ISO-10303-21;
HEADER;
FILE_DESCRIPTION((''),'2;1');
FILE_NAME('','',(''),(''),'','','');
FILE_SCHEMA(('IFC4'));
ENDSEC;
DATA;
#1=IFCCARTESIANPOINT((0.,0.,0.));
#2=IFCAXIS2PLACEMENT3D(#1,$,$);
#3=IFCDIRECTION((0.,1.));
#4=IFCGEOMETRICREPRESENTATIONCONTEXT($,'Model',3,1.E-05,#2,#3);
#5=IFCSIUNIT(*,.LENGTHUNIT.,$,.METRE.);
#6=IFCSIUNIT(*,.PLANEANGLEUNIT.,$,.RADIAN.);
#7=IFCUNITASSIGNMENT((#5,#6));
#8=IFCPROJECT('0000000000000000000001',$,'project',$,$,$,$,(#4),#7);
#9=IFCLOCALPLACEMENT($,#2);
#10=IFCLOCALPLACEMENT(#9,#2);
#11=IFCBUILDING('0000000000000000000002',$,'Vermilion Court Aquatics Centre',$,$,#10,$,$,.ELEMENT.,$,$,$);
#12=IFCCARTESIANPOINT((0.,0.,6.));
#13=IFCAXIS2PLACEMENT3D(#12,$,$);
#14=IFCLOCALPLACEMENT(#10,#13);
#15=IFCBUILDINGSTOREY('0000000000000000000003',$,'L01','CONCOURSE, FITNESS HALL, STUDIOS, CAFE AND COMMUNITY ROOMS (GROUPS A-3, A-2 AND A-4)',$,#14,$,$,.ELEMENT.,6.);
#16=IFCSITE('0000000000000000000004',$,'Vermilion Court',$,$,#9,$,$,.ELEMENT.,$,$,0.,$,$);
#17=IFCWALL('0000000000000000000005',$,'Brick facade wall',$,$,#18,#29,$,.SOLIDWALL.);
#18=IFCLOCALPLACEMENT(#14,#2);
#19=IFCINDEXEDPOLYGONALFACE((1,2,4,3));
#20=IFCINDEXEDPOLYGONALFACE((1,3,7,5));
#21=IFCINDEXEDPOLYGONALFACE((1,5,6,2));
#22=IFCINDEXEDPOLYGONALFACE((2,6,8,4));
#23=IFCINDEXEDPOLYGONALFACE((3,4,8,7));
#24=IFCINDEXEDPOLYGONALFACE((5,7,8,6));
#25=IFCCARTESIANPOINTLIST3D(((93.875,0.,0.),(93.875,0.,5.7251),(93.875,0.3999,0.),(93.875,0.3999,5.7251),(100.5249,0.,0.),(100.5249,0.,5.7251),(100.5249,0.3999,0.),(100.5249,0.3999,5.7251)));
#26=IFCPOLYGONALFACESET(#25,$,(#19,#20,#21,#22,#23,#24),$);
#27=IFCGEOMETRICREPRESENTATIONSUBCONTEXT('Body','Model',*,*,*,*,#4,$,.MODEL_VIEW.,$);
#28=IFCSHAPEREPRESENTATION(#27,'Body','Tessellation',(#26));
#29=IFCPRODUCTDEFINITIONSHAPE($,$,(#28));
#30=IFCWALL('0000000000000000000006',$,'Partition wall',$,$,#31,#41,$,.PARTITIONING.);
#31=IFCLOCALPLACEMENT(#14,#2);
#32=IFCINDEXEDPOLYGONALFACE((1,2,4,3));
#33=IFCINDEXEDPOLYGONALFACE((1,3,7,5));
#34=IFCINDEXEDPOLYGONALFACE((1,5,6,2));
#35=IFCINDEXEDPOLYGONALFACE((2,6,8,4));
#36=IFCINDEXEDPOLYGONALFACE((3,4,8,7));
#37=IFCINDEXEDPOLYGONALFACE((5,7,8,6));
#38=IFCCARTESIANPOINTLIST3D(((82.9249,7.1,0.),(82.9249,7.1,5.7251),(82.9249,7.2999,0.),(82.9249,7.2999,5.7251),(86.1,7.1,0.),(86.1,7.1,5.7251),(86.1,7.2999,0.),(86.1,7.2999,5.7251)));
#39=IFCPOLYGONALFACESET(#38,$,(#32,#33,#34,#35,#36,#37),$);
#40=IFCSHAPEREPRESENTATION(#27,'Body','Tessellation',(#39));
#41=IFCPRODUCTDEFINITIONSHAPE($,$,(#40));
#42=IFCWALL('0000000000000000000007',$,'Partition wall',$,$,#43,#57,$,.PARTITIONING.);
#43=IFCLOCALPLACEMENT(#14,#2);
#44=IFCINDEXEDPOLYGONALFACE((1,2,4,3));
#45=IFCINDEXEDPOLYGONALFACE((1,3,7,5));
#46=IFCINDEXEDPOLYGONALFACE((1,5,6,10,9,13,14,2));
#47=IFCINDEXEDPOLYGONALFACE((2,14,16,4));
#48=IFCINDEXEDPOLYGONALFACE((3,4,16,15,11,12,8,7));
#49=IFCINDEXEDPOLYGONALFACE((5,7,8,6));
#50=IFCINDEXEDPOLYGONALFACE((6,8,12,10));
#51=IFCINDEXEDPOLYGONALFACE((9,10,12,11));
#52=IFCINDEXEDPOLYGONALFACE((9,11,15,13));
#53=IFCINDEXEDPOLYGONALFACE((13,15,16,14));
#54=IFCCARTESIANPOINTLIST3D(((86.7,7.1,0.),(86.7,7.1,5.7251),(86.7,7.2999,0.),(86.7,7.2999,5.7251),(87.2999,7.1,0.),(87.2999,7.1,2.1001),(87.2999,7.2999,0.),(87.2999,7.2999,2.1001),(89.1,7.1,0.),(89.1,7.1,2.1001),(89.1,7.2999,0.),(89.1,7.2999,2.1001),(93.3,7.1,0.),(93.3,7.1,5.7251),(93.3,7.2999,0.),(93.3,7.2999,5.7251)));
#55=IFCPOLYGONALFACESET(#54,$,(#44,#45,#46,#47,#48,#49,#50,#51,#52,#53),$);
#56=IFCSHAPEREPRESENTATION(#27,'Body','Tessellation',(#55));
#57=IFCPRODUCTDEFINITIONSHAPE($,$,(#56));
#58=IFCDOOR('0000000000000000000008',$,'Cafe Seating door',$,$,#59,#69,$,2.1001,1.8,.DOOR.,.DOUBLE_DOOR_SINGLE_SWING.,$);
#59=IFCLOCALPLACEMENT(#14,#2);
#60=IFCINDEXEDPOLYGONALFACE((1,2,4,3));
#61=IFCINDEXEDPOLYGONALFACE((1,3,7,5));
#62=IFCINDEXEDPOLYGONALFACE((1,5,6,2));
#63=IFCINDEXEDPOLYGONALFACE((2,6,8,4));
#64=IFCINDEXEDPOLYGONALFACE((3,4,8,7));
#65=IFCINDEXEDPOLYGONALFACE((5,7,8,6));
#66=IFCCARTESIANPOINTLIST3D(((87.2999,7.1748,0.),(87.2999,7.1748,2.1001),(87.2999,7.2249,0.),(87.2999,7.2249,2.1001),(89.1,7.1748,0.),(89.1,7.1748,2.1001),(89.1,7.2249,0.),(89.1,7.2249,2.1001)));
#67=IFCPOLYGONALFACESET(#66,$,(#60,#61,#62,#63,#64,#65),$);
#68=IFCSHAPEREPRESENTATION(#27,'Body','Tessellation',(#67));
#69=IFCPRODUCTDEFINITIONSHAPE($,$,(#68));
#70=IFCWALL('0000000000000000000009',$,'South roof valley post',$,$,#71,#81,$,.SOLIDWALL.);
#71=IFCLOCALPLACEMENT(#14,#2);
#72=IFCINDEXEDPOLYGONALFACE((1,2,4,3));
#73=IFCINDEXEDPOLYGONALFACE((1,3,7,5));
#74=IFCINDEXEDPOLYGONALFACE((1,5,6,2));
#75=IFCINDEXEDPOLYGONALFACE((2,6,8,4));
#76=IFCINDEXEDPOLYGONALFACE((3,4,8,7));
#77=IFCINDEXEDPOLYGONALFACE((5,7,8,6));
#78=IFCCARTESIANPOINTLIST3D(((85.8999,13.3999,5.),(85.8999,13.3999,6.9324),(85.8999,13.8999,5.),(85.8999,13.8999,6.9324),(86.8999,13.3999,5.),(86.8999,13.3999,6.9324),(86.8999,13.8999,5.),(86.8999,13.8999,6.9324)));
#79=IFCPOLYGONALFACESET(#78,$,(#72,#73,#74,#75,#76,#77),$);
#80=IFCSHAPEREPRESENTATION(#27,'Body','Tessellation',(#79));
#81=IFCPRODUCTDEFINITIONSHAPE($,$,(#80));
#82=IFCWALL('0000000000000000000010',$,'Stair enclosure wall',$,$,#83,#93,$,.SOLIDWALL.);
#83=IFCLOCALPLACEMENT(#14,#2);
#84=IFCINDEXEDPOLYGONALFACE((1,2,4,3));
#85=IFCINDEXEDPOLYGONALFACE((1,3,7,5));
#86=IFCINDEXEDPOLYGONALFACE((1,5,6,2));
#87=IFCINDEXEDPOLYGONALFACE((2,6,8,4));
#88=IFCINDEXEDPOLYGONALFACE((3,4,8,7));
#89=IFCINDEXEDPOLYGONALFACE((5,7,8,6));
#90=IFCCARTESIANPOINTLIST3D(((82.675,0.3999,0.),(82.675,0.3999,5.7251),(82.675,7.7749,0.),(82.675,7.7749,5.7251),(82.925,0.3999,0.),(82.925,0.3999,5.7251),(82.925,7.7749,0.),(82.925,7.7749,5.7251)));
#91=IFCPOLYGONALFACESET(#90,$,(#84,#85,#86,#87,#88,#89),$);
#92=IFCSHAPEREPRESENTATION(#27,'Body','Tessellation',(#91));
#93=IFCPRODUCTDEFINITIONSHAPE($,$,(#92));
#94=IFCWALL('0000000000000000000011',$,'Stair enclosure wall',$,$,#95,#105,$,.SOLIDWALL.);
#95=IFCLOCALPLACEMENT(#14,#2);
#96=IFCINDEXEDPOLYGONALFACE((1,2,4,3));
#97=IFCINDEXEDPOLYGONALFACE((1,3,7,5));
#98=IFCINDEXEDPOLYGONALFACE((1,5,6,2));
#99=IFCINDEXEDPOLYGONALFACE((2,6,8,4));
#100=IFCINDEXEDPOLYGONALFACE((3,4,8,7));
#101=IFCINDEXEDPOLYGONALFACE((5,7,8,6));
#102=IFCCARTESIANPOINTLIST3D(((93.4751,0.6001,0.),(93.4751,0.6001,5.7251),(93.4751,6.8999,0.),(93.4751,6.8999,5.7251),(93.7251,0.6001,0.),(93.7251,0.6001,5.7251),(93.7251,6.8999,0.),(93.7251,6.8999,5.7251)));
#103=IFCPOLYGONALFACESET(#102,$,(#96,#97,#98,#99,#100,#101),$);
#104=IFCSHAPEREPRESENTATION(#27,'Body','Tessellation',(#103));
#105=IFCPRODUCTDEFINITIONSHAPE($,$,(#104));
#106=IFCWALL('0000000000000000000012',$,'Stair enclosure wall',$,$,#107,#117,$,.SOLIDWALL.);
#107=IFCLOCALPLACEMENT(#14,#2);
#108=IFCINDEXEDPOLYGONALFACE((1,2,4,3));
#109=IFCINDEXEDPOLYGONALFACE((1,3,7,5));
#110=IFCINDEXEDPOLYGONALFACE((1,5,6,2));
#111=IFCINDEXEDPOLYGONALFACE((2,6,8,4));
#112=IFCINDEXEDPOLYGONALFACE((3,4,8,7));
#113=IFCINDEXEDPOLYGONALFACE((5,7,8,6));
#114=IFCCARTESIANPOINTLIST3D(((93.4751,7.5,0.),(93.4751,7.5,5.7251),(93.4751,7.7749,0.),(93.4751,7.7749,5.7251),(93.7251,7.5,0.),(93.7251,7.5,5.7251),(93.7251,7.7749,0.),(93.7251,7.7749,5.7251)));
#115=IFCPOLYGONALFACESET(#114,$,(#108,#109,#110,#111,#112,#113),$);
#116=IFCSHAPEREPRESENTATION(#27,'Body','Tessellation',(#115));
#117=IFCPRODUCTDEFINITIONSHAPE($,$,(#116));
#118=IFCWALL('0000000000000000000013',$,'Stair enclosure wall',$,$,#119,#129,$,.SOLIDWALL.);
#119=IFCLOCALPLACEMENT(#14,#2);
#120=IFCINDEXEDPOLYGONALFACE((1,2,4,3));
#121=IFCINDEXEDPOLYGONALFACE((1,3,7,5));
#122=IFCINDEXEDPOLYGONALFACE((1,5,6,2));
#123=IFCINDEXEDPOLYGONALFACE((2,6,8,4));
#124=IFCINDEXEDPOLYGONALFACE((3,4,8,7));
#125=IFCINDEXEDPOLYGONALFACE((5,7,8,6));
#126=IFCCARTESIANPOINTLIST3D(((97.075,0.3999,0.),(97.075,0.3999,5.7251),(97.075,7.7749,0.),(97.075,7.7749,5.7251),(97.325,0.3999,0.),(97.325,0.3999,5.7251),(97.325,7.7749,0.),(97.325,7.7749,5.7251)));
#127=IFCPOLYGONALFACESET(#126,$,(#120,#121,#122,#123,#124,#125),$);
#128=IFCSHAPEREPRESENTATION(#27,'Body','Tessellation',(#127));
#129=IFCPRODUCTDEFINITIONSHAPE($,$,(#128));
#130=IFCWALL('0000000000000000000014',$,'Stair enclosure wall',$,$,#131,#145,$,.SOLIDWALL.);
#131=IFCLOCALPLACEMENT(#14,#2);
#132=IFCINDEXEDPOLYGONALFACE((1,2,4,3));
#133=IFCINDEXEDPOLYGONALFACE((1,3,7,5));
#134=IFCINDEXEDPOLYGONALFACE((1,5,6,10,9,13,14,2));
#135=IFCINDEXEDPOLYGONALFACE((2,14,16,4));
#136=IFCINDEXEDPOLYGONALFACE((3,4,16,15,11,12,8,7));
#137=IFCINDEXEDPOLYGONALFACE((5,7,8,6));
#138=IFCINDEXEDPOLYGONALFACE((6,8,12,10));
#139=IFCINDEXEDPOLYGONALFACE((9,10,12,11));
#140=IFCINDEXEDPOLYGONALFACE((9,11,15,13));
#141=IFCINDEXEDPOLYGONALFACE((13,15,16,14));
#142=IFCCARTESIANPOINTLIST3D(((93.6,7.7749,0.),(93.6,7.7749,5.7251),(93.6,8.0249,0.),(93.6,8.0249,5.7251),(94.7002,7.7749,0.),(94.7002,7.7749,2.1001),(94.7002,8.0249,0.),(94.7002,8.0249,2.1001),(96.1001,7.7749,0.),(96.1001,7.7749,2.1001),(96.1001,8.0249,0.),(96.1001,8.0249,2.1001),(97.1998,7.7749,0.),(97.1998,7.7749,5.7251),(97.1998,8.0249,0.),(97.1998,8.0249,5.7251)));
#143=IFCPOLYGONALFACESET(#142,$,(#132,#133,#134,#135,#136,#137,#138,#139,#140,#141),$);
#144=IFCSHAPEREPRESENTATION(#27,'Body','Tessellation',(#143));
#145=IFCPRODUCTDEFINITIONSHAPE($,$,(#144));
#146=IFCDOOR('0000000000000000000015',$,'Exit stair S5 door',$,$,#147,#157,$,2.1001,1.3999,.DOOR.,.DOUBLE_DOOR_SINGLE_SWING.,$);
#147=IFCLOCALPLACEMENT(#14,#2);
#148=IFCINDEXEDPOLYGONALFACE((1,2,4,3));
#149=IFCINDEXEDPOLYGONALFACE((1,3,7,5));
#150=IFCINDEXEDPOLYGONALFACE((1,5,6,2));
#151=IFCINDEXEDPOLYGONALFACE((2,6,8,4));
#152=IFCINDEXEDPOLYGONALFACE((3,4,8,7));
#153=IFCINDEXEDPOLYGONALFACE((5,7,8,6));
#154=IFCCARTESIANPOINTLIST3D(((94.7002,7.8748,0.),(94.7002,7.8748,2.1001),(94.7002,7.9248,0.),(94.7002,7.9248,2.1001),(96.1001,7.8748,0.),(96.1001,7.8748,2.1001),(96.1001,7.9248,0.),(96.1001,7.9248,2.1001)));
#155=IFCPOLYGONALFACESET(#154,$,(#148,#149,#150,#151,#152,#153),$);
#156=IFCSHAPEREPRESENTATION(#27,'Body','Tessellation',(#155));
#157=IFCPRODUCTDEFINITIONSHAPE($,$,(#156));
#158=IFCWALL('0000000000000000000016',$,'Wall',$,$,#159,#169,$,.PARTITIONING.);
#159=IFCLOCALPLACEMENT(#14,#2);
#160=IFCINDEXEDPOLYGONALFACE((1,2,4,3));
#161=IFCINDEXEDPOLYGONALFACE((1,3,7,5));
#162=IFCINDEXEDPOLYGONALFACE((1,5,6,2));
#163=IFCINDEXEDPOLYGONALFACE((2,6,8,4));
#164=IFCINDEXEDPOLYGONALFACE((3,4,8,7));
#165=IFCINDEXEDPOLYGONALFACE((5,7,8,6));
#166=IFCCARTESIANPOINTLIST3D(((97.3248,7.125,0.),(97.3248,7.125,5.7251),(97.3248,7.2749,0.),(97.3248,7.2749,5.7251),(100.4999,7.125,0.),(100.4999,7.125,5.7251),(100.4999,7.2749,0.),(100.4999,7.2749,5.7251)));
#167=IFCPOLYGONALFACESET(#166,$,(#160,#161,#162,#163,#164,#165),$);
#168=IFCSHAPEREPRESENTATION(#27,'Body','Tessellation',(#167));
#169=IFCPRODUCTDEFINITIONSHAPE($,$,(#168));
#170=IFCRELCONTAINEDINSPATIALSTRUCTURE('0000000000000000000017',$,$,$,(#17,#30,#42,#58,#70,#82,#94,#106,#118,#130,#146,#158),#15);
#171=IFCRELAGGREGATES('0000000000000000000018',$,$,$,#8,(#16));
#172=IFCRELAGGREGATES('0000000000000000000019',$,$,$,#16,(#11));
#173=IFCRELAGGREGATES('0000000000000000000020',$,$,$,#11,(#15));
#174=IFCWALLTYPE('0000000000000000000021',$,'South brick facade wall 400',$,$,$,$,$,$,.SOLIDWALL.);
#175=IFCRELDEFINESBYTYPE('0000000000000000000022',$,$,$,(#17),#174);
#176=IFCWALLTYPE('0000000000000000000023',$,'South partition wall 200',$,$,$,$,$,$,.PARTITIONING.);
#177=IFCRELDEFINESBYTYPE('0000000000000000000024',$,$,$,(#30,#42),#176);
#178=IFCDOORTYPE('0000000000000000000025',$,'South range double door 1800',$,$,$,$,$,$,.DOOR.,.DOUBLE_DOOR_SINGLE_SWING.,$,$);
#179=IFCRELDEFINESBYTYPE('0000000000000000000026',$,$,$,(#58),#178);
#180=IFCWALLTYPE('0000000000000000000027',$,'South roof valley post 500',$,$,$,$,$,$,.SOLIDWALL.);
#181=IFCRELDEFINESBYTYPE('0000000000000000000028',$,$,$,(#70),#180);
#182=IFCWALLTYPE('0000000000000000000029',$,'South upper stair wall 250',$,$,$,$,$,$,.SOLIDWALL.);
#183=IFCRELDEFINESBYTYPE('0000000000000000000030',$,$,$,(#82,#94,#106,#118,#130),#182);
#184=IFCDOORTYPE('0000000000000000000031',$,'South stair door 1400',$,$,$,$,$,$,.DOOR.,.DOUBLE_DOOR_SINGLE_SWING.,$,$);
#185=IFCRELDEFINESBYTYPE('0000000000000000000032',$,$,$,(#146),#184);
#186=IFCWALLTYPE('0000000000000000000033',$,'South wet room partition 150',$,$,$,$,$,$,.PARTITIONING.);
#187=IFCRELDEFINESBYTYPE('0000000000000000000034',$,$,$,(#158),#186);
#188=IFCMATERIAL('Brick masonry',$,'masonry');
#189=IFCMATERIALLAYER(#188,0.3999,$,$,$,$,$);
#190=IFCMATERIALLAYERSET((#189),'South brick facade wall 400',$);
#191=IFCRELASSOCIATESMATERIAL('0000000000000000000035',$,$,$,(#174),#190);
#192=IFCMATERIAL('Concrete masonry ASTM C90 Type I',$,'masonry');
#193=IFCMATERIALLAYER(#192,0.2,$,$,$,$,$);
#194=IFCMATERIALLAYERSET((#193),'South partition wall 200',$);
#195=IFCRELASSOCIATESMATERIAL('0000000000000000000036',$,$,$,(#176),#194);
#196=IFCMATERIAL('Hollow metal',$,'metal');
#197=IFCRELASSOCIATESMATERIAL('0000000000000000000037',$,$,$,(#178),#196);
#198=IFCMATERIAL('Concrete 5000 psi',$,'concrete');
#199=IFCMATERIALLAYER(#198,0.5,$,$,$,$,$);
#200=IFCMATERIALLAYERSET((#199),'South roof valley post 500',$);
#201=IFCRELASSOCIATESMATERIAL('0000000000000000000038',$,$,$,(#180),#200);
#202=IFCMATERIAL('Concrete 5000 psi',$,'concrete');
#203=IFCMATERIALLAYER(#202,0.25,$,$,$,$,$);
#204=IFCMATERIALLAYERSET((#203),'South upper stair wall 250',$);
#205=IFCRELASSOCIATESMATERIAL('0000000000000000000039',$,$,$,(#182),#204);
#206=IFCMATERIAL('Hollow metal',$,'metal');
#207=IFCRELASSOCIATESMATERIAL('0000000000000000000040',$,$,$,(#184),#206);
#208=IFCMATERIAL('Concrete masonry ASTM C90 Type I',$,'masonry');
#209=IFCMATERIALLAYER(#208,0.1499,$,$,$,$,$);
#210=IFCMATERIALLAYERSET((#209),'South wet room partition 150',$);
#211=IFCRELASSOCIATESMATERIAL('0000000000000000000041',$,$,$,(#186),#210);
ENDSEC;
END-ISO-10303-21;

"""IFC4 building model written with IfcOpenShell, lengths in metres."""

from ifc_helpers import new_model, si_unit, direction, frame, frame_2d, origin, place, context, subcontext, project, spatial, rectangle, extrude, material, layer, layer_set, type_object, element, fill, save


model = new_model("IFC4")

# Units and contexts
model_context = context("Model", 3, precision=1e-05, world=origin(), true_north=direction((0.0, 1.0)))
body_context = subcontext(model_context, "Body", "Model", "MODEL_VIEW")
ifc_project = project(units=[si_unit("LENGTHUNIT", "METRE"), si_unit("PLANEANGLEUNIT", "RADIAN")], contexts=[model_context])

# Site, building, storey
site_placement = place(None, origin())
site = spatial("IfcSite", under=ifc_project, at=site_placement, Name="Vermilion Court", CompositionType="ELEMENT", RefElevation=0.0)
building_placement = place(site_placement, origin())
building = spatial("IfcBuilding", under=site, at=building_placement, Name="Vermilion Court Aquatics Centre", CompositionType="ELEMENT")
storey_placement = place(building_placement, frame((0.0, 0.0, 6.0)))
storey = spatial("IfcBuildingStorey", under=building, at=storey_placement, Name="L01", Description="CONCOURSE, FITNESS HALL, STUDIOS, CAFE AND COMMUNITY ROOMS (GROUPS A-3, A-2 AND A-4)", CompositionType="ELEMENT", Elevation=6.0)

# Walls
ifc_material_1 = material(Name="Brick masonry", Category="masonry")
ifc_layer_1 = layer(ifc_material_1, 0.3999)
ifc_layer_set_1 = layer_set([ifc_layer_1], Name="South brick facade wall 400")
wall_type_1 = type_object("IfcWallType", Name="South brick facade wall 400", PredefinedType="SOLIDWALL", material=ifc_layer_set_1)
wall_1_placement = place(storey_placement, frame((93.875, 0.2, 0.0), z_axis=(0.0, 0.0, 1.0), x_axis=(1.0, 0.0, 0.0)))
element("IfcWall", 1, at=wall_1_placement, inside=storey, type_object=wall_type_1, Name="Brick facade wall", PredefinedType="SOLIDWALL", context=body_context, shape_type="SweptSolid", body=[
    extrude(rectangle(XDim=6.6499, YDim=0.3999, at=frame_2d((3.325, 0.0))), origin(), (0.0, 0.0, 1.0), 5.7251),
])
ifc_material_2 = material(Name="Concrete masonry ASTM C90 Type I", Category="masonry")
ifc_layer_2 = layer(ifc_material_2, 0.2)
ifc_layer_set_2 = layer_set([ifc_layer_2], Name="South partition wall 200")
wall_type_2 = type_object("IfcWallType", Name="South partition wall 200", PredefinedType="PARTITIONING", material=ifc_layer_set_2)
wall_2_placement = place(storey_placement, frame((82.925, 7.2, 0.0), z_axis=(0.0, 0.0, 1.0), x_axis=(1.0, 0.0, 0.0)))
element("IfcWall", 2, at=wall_2_placement, inside=storey, type_object=wall_type_2, Name="Partition wall", PredefinedType="PARTITIONING", context=body_context, shape_type="SweptSolid", body=[
    extrude(rectangle(XDim=3.175, YDim=0.2, at=frame_2d((1.5874, 0.0))), origin(), (0.0, 0.0, 1.0), 5.7251),
])

# Wall, opening, door
wall_3_placement = place(storey_placement, frame((86.7, 7.2, 0.0), z_axis=(0.0, 0.0, 1.0), x_axis=(1.0, 0.0, 0.0)))
wall_3 = element("IfcWall", 3, at=wall_3_placement, inside=storey, type_object=wall_type_2, Name="Partition wall", PredefinedType="PARTITIONING", context=body_context, shape_type="SweptSolid", body=[
    extrude(rectangle(XDim=6.6001, YDim=0.2, at=frame_2d((3.3, 0.0))), origin(), (0.0, 0.0, 1.0), 5.7251),
])
opening_1_placement = place(wall_3_placement, frame((0.6001, 0.0, 0.0)))
opening_1 = element("IfcOpeningElement", 4, at=opening_1_placement, cuts=wall_3, PredefinedType="OPENING", context=body_context, shape_type="SweptSolid", body=[
    extrude(rectangle(XDim=1.8, YDim=2.1001, at=frame_2d((0.8999, 1.05))), frame((0.0, 0.1099, 0.0), z_axis=(0.0, -1.0, 0.0), x_axis=(1.0, 0.0, 0.0)), (0.0, 0.0, 1.0), 0.22),
])
ifc_material_3 = material(Name="Hollow metal", Category="metal")
door_type_1 = type_object("IfcDoorType", Name="South range double door 1800", OperationType="DOUBLE_DOOR_SINGLE_SWING", PredefinedType="DOOR", material=ifc_material_3)
door_1_placement = place(opening_1_placement, origin())
door_1 = element("IfcDoor", 5, at=door_1_placement, inside=storey, type_object=door_type_1, Name="Cafe Seating door", OperationType="DOUBLE_DOOR_SINGLE_SWING", OverallHeight=2.1001, OverallWidth=1.8, PredefinedType="DOOR", context=body_context, shape_type="SweptSolid", body=[
    extrude(rectangle(XDim=1.8, YDim=2.1001, at=frame_2d((0.8999, 1.05))), frame((0.0, 0.0249, 0.0), z_axis=(0.0, -1.0, 0.0), x_axis=(1.0, 0.0, 0.0)), (0.0, 0.0, 1.0), 0.05),
])
fill(opening_1, door_1)

# Walls
ifc_material_4 = material(Name="Concrete 5000 psi", Category="concrete")
ifc_layer_3 = layer(ifc_material_4, 0.5)
ifc_layer_set_3 = layer_set([ifc_layer_3], Name="South roof valley post 500")
wall_type_3 = type_object("IfcWallType", Name="South roof valley post 500", PredefinedType="SOLIDWALL", material=ifc_layer_set_3)
wall_4_placement = place(storey_placement, frame((85.8999, 13.6499, 5.0), z_axis=(0.0, 0.0, 1.0), x_axis=(1.0, 0.0, 0.0)))
element("IfcWall", 6, at=wall_4_placement, inside=storey, type_object=wall_type_3, Name="South roof valley post", PredefinedType="SOLIDWALL", context=body_context, shape_type="SweptSolid", body=[
    extrude(rectangle(XDim=1.0, YDim=0.5, at=frame_2d((0.5, 0.0))), origin(), (0.0, 0.0, 1.0), 1.9324),
])
ifc_material_5 = material(Name="Concrete 5000 psi", Category="concrete")
ifc_layer_4 = layer(ifc_material_5, 0.25)
ifc_layer_set_4 = layer_set([ifc_layer_4], Name="South upper stair wall 250")
wall_type_4 = type_object("IfcWallType", Name="South upper stair wall 250", PredefinedType="SOLIDWALL", material=ifc_layer_set_4)
wall_5_placement = place(storey_placement, frame((82.8, 0.3999, 0.0), z_axis=(0.0, 0.0, 1.0), x_axis=(0.0, 1.0, 0.0)))
element("IfcWall", 7, at=wall_5_placement, inside=storey, type_object=wall_type_4, Name="Stair enclosure wall", PredefinedType="SOLIDWALL", context=body_context, shape_type="SweptSolid", body=[
    extrude(rectangle(XDim=7.375, YDim=0.25, at=frame_2d((3.6875, 0.0))), origin(), (0.0, 0.0, 1.0), 5.7251),
])
wall_6_placement = place(storey_placement, frame((93.6001, 0.6001, 0.0), z_axis=(0.0, 0.0, 1.0), x_axis=(0.0, 1.0, 0.0)))
element("IfcWall", 8, at=wall_6_placement, inside=storey, type_object=wall_type_4, Name="Stair enclosure wall", PredefinedType="SOLIDWALL", context=body_context, shape_type="SweptSolid", body=[
    extrude(rectangle(XDim=6.2998, YDim=0.25, at=frame_2d((3.1499, 0.0))), origin(), (0.0, 0.0, 1.0), 5.7251),
])
wall_7_placement = place(storey_placement, frame((93.6001, 7.5, 0.0), z_axis=(0.0, 0.0, 1.0), x_axis=(0.0, 1.0, 0.0)))
element("IfcWall", 9, at=wall_7_placement, inside=storey, type_object=wall_type_4, Name="Stair enclosure wall", PredefinedType="SOLIDWALL", context=body_context, shape_type="SweptSolid", body=[
    extrude(rectangle(XDim=0.2749, YDim=0.25, at=frame_2d((0.1375, 0.0))), origin(), (0.0, 0.0, 1.0), 5.7251),
])
wall_8_placement = place(storey_placement, frame((97.2, 0.3999, 0.0), z_axis=(0.0, 0.0, 1.0), x_axis=(0.0, 1.0, 0.0)))
element("IfcWall", 10, at=wall_8_placement, inside=storey, type_object=wall_type_4, Name="Stair enclosure wall", PredefinedType="SOLIDWALL", context=body_context, shape_type="SweptSolid", body=[
    extrude(rectangle(XDim=7.375, YDim=0.25, at=frame_2d((3.6875, 0.0))), origin(), (0.0, 0.0, 1.0), 5.7251),
])

# Wall, opening, door
wall_9_placement = place(storey_placement, frame((93.6001, 7.8999, 0.0), z_axis=(0.0, 0.0, 1.0), x_axis=(1.0, 0.0, 0.0)))
wall_9 = element("IfcWall", 11, at=wall_9_placement, inside=storey, type_object=wall_type_4, Name="Stair enclosure wall", PredefinedType="SOLIDWALL", context=body_context, shape_type="SweptSolid", body=[
    extrude(rectangle(XDim=3.5999, YDim=0.25, at=frame_2d((1.7998, 0.0))), origin(), (0.0, 0.0, 1.0), 5.7251),
])
opening_2_placement = place(wall_9_placement, frame((1.1001, 0.0, 0.0)))
opening_2 = element("IfcOpeningElement", 12, at=opening_2_placement, cuts=wall_9, PredefinedType="OPENING", context=body_context, shape_type="SweptSolid", body=[
    extrude(rectangle(XDim=1.3999, YDim=2.1001, at=frame_2d((0.7, 1.05))), frame((0.0, 0.135, 0.0), z_axis=(0.0, -1.0, 0.0), x_axis=(1.0, 0.0, 0.0)), (0.0, 0.0, 1.0), 0.27),
])
ifc_material_6 = material(Name="Hollow metal", Category="metal")
door_type_2 = type_object("IfcDoorType", Name="South stair door 1400", OperationType="DOUBLE_DOOR_SINGLE_SWING", PredefinedType="DOOR", material=ifc_material_6)
door_2_placement = place(opening_2_placement, frame((1.3999, 0.0, 0.0), z_axis=(0.0, 0.0, 1.0), x_axis=(-1.0, 0.0, 0.0)))
door_2 = element("IfcDoor", 13, at=door_2_placement, inside=storey, type_object=door_type_2, Name="Exit stair S5 door", OperationType="DOUBLE_DOOR_SINGLE_SWING", OverallHeight=2.1001, OverallWidth=1.3999, PredefinedType="DOOR", context=body_context, shape_type="SweptSolid", body=[
    extrude(rectangle(XDim=1.3999, YDim=2.1001, at=frame_2d((0.7, 1.05))), frame((0.0, 0.0251, 0.0), z_axis=(0.0, -1.0, 0.0), x_axis=(1.0, 0.0, 0.0)), (0.0, 0.0, 1.0), 0.05),
])
fill(opening_2, door_2)

# Wall
ifc_material_7 = material(Name="Concrete masonry ASTM C90 Type I", Category="masonry")
ifc_layer_5 = layer(ifc_material_7, 0.1499)
ifc_layer_set_5 = layer_set([ifc_layer_5], Name="South wet room partition 150")
wall_type_5 = type_object("IfcWallType", Name="South wet room partition 150", PredefinedType="PARTITIONING", material=ifc_layer_set_5)
wall_10_placement = place(storey_placement, frame((97.325, 7.2, 0.0), z_axis=(0.0, 0.0, 1.0), x_axis=(1.0, 0.0, 0.0)))
element("IfcWall", 14, at=wall_10_placement, inside=storey, type_object=wall_type_5, Name="Wall", PredefinedType="PARTITIONING", context=body_context, shape_type="SweptSolid", body=[
    extrude(rectangle(XDim=3.175, YDim=0.1499, at=frame_2d((1.5874, 0.0))), origin(), (0.0, 0.0, 1.0), 5.7251),
])

save(model, "model.ifc")
